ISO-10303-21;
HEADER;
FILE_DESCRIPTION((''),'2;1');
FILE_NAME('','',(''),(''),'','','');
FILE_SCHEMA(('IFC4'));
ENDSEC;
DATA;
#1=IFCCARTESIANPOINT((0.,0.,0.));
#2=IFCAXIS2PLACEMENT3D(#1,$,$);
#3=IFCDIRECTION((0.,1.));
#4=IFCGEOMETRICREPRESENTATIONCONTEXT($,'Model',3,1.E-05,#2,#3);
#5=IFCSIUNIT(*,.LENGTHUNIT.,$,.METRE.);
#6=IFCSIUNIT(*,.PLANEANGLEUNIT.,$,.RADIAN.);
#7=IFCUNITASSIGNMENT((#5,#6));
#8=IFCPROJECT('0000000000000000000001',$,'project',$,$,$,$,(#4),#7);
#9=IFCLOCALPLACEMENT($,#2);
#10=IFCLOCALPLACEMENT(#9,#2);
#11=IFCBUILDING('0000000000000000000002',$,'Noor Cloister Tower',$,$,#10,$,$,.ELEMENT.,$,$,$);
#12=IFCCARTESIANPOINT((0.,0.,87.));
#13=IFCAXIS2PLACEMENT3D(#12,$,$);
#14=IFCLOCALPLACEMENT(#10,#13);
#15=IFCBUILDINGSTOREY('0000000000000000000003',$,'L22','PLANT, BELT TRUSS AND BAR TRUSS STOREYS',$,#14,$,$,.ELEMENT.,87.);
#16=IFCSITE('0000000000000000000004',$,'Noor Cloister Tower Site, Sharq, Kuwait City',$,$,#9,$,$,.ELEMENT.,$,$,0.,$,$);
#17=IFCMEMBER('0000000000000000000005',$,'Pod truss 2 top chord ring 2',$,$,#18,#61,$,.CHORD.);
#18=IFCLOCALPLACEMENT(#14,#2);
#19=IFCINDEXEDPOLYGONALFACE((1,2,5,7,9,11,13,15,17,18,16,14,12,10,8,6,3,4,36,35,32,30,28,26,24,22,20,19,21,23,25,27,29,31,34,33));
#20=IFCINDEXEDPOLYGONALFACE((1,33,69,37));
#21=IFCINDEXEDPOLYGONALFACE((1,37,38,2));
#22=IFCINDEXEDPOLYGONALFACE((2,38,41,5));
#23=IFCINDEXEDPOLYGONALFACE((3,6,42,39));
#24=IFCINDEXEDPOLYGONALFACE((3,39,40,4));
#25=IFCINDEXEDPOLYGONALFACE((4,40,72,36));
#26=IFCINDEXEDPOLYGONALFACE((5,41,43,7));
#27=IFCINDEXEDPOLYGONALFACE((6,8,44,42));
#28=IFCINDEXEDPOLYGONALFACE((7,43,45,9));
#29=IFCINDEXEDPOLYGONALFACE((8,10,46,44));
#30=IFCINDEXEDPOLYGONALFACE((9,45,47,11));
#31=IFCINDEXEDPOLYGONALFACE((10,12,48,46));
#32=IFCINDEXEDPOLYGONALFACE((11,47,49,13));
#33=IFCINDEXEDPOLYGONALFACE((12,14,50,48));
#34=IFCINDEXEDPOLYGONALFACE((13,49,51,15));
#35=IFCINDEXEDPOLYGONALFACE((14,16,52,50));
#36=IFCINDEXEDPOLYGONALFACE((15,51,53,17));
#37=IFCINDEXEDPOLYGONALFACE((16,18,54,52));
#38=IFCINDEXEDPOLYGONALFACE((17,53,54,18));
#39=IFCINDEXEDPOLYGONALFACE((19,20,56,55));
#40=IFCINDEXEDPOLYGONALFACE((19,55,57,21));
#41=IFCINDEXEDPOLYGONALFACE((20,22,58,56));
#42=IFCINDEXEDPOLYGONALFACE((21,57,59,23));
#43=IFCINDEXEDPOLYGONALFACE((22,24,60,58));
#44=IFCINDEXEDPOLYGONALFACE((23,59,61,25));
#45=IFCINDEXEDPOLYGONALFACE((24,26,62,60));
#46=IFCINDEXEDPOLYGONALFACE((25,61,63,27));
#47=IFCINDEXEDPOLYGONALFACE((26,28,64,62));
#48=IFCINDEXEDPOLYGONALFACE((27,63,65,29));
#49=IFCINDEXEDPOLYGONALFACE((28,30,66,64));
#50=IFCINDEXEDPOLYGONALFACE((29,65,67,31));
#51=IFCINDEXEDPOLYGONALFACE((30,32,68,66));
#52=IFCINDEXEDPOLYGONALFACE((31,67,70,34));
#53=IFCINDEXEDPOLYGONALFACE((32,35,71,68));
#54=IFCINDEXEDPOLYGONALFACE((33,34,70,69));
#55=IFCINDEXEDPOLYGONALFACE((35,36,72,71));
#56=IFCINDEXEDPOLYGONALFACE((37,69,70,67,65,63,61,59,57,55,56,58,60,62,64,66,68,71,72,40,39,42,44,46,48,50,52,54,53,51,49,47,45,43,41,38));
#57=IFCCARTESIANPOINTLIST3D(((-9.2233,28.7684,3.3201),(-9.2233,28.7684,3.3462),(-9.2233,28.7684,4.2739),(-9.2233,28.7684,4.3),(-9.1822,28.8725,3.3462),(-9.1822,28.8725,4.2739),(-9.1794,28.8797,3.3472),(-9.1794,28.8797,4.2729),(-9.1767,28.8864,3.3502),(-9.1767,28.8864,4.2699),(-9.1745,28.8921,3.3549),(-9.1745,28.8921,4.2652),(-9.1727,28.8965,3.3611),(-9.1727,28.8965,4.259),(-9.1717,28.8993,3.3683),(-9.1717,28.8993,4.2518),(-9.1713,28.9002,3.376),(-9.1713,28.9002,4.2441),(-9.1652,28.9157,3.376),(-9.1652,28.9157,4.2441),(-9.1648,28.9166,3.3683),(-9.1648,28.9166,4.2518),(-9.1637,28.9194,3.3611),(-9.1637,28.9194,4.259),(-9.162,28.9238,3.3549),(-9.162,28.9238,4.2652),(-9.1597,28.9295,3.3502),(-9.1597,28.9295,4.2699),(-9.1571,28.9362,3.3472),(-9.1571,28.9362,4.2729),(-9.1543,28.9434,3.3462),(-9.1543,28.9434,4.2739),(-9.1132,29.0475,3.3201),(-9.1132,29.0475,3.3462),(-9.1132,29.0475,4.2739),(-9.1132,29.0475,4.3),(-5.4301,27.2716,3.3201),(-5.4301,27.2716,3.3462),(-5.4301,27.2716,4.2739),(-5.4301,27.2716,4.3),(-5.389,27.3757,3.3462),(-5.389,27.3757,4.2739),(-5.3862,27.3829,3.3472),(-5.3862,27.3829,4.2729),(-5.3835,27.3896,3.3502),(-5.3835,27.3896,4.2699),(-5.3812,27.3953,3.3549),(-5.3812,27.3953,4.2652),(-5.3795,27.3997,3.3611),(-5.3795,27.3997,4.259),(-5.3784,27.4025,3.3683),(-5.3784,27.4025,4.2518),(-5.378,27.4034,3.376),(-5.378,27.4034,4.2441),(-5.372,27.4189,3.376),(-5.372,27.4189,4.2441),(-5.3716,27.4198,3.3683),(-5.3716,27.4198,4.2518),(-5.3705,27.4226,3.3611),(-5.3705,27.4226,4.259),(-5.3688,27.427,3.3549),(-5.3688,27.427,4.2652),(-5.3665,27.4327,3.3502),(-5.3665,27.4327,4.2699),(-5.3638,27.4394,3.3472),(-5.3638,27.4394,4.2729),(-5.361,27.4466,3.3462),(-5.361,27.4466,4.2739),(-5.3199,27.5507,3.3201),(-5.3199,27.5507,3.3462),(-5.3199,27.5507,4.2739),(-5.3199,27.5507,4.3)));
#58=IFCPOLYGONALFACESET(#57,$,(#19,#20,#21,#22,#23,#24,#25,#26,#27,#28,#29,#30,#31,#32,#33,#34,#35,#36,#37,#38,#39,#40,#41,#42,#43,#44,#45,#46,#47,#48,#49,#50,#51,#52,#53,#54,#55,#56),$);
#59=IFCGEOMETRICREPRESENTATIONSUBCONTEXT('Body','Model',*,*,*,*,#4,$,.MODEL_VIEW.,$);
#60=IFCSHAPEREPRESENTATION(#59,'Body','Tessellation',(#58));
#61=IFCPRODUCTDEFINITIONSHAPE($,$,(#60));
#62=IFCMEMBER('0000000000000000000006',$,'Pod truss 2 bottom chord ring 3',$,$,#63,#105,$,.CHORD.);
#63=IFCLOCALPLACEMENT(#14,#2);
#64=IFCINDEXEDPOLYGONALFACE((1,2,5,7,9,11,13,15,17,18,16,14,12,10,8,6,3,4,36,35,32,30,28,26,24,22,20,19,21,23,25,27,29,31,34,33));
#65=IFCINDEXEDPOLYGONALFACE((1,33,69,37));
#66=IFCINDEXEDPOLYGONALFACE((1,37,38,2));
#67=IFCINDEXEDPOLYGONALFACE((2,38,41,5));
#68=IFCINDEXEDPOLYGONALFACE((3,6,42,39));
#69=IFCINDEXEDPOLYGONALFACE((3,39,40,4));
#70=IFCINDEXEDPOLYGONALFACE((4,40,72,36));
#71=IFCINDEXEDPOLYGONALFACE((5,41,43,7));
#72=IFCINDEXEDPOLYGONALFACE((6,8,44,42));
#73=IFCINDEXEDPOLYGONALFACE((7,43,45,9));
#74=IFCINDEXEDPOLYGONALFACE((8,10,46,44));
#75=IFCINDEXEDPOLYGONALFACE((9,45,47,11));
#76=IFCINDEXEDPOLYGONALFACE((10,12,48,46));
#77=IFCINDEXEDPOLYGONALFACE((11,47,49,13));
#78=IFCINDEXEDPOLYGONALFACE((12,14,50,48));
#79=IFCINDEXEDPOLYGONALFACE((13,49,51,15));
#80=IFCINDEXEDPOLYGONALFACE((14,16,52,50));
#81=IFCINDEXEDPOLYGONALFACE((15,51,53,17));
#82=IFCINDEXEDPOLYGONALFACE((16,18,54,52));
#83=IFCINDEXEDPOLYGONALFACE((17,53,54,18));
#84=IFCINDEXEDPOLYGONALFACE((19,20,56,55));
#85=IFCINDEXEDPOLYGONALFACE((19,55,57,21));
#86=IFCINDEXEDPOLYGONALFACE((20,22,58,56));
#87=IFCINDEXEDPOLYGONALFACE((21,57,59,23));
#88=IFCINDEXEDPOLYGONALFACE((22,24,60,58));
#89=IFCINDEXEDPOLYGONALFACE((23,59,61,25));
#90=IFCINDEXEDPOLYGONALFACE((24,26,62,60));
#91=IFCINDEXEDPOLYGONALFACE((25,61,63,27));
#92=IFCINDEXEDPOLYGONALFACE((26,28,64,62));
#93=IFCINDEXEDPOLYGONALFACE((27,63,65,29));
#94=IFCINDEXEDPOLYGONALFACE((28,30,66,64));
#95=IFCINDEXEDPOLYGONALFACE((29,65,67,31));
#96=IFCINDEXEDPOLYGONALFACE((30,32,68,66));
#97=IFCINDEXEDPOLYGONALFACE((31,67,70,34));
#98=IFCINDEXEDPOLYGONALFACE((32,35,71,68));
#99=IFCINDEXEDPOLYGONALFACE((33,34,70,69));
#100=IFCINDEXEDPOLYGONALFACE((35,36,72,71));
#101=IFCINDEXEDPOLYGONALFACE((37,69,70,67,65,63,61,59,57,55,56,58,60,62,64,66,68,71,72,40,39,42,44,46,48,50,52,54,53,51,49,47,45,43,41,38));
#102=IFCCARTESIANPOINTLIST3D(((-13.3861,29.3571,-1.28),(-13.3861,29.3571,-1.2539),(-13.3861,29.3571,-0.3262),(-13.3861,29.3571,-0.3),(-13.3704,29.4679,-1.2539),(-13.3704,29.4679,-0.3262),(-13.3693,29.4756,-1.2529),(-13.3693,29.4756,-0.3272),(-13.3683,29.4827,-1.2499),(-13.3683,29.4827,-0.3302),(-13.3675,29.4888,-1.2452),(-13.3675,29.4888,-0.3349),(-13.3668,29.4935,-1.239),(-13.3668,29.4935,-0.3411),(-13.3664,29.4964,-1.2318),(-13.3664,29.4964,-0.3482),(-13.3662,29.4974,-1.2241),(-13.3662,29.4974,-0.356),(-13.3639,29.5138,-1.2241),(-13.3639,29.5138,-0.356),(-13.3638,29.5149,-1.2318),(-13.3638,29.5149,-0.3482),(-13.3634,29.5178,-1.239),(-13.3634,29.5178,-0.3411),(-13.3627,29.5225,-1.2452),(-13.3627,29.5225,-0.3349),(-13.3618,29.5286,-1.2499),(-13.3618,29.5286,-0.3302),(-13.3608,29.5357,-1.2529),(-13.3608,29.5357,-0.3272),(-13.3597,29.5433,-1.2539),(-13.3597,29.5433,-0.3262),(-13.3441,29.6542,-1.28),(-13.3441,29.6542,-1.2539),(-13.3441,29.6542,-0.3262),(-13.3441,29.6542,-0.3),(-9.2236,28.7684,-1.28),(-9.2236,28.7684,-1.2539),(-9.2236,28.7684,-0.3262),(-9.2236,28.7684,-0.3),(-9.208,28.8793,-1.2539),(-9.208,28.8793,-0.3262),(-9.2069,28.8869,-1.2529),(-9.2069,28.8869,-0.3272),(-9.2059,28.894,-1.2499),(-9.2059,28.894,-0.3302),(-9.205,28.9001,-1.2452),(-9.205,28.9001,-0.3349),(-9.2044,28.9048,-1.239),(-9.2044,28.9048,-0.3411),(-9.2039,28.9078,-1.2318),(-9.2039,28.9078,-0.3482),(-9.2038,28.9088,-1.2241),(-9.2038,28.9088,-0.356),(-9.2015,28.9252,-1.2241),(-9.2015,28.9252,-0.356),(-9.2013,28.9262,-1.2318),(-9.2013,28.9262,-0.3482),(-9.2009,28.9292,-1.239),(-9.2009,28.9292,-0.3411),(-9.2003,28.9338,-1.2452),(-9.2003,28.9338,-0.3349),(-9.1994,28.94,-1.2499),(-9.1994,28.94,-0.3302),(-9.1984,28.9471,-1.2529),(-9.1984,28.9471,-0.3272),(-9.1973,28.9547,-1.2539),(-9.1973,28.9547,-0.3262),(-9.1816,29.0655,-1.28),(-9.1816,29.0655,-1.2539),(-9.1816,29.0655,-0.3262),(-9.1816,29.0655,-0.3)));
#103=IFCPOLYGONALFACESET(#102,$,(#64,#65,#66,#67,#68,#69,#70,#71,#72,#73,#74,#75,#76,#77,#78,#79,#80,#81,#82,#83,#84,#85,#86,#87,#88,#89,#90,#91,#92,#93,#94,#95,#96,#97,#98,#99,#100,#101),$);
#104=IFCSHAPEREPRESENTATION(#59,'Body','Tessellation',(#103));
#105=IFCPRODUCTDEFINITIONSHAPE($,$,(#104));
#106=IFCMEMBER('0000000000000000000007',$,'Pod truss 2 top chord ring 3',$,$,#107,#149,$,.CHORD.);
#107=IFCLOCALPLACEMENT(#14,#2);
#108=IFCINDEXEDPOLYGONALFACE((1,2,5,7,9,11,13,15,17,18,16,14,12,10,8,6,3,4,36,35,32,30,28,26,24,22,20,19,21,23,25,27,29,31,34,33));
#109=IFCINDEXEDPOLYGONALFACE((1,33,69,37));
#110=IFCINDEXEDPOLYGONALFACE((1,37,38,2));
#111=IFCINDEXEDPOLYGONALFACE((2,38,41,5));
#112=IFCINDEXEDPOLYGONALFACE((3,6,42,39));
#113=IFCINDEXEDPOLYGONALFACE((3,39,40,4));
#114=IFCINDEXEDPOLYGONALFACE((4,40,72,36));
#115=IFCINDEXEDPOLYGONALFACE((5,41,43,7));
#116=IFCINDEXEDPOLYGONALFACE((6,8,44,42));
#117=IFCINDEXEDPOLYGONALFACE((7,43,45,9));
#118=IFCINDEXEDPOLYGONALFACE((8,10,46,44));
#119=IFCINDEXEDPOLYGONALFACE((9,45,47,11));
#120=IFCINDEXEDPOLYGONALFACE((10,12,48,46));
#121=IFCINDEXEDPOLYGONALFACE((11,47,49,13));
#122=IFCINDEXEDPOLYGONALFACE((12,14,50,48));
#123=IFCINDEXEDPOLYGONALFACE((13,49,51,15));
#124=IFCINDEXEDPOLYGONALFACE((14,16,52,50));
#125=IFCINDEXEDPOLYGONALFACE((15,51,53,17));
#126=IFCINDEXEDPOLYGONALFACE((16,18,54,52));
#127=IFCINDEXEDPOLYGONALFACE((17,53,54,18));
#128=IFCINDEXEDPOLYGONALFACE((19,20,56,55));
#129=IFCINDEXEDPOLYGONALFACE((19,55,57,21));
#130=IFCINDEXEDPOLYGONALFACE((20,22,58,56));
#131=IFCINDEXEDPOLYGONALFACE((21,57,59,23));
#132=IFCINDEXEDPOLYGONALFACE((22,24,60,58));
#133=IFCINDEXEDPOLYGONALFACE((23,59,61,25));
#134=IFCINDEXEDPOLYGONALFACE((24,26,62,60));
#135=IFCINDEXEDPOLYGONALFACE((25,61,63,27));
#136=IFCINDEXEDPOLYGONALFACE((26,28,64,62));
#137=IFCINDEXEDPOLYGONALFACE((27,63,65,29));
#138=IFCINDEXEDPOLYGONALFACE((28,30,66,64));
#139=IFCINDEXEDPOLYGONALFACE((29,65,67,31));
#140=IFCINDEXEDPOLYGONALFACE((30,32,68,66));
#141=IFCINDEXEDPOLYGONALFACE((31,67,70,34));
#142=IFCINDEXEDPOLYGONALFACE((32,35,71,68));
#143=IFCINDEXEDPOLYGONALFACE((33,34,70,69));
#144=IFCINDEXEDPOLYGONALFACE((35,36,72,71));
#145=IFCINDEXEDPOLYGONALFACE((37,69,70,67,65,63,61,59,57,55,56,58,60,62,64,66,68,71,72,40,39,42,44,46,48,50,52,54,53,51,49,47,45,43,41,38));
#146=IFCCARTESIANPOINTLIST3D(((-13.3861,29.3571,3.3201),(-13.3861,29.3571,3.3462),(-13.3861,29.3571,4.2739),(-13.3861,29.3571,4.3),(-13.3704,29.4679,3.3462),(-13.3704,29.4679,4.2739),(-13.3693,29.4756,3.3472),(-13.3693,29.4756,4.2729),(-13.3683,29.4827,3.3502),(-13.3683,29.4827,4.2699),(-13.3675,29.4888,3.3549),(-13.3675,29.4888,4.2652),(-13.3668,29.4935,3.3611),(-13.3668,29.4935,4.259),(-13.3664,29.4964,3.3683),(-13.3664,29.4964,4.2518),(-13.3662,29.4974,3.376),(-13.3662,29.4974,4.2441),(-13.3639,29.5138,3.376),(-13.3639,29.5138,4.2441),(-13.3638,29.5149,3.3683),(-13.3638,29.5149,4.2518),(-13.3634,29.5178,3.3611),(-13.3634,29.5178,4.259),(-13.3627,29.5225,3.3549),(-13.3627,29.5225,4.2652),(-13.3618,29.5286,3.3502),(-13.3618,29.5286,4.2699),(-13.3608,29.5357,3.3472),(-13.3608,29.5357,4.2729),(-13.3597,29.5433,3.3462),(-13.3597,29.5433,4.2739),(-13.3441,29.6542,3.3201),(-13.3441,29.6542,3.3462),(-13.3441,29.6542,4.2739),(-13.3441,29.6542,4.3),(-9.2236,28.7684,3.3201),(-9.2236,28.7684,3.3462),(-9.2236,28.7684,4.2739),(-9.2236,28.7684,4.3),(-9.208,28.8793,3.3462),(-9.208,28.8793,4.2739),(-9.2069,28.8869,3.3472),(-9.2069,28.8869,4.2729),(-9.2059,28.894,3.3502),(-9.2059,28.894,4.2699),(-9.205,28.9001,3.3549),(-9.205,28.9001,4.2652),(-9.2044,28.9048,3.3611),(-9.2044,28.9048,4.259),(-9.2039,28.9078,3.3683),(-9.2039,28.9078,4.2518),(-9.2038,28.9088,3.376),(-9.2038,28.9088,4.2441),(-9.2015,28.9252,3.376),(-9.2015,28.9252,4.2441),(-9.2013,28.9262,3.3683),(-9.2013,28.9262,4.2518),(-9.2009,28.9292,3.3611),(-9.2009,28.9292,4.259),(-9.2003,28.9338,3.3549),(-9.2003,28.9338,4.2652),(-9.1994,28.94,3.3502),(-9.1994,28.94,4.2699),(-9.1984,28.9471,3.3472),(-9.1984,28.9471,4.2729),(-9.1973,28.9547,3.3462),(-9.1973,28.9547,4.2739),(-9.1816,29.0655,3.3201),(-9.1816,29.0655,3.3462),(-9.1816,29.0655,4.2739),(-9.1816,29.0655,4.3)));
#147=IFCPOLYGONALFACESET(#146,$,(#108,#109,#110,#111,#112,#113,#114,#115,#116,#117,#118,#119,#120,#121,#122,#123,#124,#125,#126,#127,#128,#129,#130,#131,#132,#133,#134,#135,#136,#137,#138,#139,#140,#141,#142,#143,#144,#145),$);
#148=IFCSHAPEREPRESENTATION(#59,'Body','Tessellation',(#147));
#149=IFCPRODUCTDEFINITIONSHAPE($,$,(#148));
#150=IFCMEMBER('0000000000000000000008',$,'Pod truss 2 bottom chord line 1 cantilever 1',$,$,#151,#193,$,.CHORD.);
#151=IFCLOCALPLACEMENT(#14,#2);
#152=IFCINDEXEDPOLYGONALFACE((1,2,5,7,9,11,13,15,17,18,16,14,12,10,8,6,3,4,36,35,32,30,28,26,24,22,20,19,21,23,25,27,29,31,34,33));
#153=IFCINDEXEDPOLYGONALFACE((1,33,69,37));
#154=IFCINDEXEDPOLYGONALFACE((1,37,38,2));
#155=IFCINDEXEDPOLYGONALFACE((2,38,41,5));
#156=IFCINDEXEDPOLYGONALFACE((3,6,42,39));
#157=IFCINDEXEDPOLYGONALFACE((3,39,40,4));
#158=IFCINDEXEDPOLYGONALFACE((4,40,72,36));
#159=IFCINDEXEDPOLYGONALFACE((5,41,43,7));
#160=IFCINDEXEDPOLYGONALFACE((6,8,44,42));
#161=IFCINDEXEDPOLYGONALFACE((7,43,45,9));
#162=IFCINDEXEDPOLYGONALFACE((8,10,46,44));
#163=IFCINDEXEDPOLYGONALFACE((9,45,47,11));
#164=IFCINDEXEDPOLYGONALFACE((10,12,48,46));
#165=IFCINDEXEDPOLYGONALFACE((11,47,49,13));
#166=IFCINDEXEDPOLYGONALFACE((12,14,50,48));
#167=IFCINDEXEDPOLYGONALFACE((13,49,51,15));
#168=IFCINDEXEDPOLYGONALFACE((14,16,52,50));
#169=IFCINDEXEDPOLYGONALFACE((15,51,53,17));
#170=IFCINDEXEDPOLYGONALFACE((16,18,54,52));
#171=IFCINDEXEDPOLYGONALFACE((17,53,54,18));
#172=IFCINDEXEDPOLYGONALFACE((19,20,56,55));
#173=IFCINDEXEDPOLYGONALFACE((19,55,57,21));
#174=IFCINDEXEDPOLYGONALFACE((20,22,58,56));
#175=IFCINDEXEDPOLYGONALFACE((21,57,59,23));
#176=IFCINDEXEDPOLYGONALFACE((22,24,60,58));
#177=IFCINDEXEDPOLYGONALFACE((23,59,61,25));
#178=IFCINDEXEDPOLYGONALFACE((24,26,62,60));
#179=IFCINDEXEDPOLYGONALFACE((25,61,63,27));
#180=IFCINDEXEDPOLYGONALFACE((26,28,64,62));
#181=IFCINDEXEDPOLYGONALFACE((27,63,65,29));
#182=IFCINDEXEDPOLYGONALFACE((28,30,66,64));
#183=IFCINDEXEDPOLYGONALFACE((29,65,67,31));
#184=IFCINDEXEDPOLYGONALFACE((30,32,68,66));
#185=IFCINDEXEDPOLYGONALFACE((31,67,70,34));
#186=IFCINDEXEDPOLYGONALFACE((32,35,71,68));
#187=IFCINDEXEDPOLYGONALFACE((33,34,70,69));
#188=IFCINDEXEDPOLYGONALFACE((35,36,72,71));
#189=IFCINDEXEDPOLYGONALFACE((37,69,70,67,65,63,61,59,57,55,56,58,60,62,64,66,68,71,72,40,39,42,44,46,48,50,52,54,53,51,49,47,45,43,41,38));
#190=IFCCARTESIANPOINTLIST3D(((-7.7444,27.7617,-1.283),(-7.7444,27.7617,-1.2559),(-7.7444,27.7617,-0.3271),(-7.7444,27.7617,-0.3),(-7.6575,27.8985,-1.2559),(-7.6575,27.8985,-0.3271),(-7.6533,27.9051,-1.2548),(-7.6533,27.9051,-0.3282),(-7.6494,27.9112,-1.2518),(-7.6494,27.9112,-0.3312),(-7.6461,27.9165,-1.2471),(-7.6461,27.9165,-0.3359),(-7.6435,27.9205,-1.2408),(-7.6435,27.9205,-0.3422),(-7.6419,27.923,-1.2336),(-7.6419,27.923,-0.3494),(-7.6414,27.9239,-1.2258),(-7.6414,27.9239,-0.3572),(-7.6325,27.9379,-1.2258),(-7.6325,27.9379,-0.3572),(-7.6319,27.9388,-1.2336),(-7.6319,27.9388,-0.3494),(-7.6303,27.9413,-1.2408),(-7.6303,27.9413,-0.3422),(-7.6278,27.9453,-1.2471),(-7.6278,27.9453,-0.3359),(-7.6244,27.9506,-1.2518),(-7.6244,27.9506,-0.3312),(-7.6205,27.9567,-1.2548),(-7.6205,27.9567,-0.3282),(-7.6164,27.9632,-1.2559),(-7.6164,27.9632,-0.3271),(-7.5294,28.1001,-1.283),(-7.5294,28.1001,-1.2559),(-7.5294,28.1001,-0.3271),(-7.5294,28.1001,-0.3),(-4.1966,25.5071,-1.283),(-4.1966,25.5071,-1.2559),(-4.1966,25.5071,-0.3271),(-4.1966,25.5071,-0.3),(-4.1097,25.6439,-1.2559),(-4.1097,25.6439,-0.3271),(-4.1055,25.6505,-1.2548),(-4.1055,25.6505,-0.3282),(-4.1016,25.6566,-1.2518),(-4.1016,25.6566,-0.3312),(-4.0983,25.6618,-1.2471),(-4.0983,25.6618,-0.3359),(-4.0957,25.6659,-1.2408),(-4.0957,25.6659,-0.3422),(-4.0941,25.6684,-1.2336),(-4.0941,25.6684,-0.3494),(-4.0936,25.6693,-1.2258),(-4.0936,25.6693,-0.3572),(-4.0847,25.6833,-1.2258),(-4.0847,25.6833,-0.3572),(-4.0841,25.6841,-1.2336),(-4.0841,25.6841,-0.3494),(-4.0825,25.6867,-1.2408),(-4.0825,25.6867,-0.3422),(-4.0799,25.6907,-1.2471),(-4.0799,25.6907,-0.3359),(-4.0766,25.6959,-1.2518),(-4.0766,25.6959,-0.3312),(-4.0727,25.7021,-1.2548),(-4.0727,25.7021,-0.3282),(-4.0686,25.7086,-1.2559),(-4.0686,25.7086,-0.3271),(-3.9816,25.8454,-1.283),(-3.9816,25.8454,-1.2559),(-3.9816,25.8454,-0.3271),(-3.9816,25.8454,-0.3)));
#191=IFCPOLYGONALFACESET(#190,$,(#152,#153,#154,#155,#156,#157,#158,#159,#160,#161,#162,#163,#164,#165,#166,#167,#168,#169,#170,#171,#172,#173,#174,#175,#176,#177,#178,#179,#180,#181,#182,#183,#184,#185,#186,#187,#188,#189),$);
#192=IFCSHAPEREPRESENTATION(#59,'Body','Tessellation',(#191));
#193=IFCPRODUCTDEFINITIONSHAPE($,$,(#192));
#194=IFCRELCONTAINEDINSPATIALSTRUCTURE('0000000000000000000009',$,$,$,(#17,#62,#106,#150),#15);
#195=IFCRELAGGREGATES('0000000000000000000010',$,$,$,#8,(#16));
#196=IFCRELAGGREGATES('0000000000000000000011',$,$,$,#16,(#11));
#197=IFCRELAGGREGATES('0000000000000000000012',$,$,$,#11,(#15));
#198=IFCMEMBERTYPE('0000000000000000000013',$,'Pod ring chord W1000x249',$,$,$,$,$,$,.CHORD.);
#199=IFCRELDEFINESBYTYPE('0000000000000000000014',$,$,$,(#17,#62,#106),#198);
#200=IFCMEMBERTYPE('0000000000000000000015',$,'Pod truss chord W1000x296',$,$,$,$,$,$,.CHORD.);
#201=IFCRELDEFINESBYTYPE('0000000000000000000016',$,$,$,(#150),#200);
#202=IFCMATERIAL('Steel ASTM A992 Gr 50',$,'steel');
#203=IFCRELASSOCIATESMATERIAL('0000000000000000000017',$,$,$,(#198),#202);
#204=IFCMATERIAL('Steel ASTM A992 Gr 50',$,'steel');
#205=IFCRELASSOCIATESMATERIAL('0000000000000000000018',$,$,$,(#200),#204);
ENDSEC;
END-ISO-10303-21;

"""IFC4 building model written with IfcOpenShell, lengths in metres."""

from ifc_helpers import new_model, si_unit, direction, frame, origin, origin_2d, place, context, subcontext, project, spatial, i_section, extrude, material, material_profile, profile_set, type_object, element, save


model = new_model("IFC4")

# Units and contexts
model_context = context("Model", 3, precision=1e-05, world=origin(), true_north=direction((0.0, 1.0)))
body_context = subcontext(model_context, "Body", "Model", "MODEL_VIEW")
ifc_project = project(units=[si_unit("LENGTHUNIT", "METRE"), si_unit("PLANEANGLEUNIT", "RADIAN")], contexts=[model_context])

# Site, building, storey
site_placement = place(None, origin())
site = spatial("IfcSite", under=ifc_project, at=site_placement, Name="Noor Cloister Tower Site, Sharq, Kuwait City", CompositionType="ELEMENT", RefElevation=0.0)
building_placement = place(site_placement, origin())
building = spatial("IfcBuilding", under=site, at=building_placement, Name="Noor Cloister Tower", CompositionType="ELEMENT")
storey_placement = place(building_placement, frame((0.0, 0.0, 87.0)))
storey = spatial("IfcBuildingStorey", under=building, at=storey_placement, Name="L22", Description="PLANT, BELT TRUSS AND BAR TRUSS STOREYS", CompositionType="ELEMENT", Elevation=87.0)

# Members
ifc_material_1 = material(Name="Steel ASTM A992 Gr 50", Category="steel")
ifc_material_profile_1 = material_profile(ifc_material_1, i_section(OverallWidth=0.3, OverallDepth=0.98, WebThickness=0.0166, FlangeThickness=0.0261, FilletRadius=0.0298, at=origin_2d()), Name="W1000x249")
ifc_profile_set_1 = profile_set([ifc_material_profile_1], Name="Steel ASTM A992 Gr 50")
member_type_1 = type_object("IfcMemberType", Name="Pod ring chord W1000x249", PredefinedType="CHORD", material=ifc_profile_set_1)
for number, where, z_axis, x_axis, name in (
    (1, (-5.375, 27.4111, 3.8101), (-0.930197, 0.367062, 0.0), (-0.367062, -0.930197, 0.0), "Pod truss 2 top chord ring 2"),
):
    element("IfcMember", number, at=place(storey_placement, frame(where, z_axis=z_axis, x_axis=x_axis)), inside=storey, type_object=member_type_1, Name=name, PredefinedType="CHORD", context=body_context, shape_type="SweptSolid", body=[
        extrude(i_section(OverallWidth=0.3, OverallDepth=0.98, WebThickness=0.0166, FlangeThickness=0.0261, FilletRadius=0.0298, at=origin_2d()), origin(), (0.0, 0.0, 1.0), 4.0779),
    ])
for number, where, z_axis, x_axis, name in (
    (2, (-9.2026, 28.917, -0.79), (-0.990148, 0.140023, 0.0), (-0.140023, -0.990148, 0.0), "Pod truss 2 bottom chord ring 3"),
    (3, (-9.2026, 28.917, 3.8101), (-0.990148, 0.140023, 0.0), (-0.140023, -0.990148, 0.0), "Pod truss 2 top chord ring 3"),
):
    element("IfcMember", number, at=place(storey_placement, frame(where, z_axis=z_axis, x_axis=x_axis)), inside=storey, type_object=member_type_1, Name=name, PredefinedType="CHORD", context=body_context, shape_type="SweptSolid", body=[
        extrude(i_section(OverallWidth=0.3, OverallDepth=0.98, WebThickness=0.0166, FlangeThickness=0.0261, FilletRadius=0.0298, at=origin_2d()), origin(), (0.0, 0.0, 1.0), 4.2039),
    ])
ifc_material_2 = material(Name="Steel ASTM A992 Gr 50", Category="steel")
ifc_material_profile_2 = material_profile(ifc_material_2, i_section(OverallWidth=0.4009, OverallDepth=0.9829, WebThickness=0.0166, FlangeThickness=0.0271, FilletRadius=0.03, at=origin_2d()), Name="W1000x296")
ifc_profile_set_2 = profile_set([ifc_material_profile_2], Name="Steel ASTM A992 Gr 50")
member_type_2 = type_object("IfcMemberType", Name="Pod truss chord W1000x296", PredefinedType="CHORD", material=ifc_profile_set_2)
member_1_placement = place(storey_placement, frame((-4.0891, 25.6763, -0.7915), z_axis=(-0.843994, 0.536353, 0.0), x_axis=(-0.536353, -0.843994, 0.0)))
element("IfcMember", 4, at=member_1_placement, inside=storey, type_object=member_type_2, Name="Pod truss 2 bottom chord line 1 cantilever 1", PredefinedType="CHORD", context=body_context, shape_type="SweptSolid", body=[
    extrude(i_section(OverallWidth=0.4009, OverallDepth=0.9829, WebThickness=0.0166, FlangeThickness=0.0271, FilletRadius=0.03, at=origin_2d()), origin(), (0.0, 0.0, 1.0), 4.2036),
])

save(model, "model.ifc")
